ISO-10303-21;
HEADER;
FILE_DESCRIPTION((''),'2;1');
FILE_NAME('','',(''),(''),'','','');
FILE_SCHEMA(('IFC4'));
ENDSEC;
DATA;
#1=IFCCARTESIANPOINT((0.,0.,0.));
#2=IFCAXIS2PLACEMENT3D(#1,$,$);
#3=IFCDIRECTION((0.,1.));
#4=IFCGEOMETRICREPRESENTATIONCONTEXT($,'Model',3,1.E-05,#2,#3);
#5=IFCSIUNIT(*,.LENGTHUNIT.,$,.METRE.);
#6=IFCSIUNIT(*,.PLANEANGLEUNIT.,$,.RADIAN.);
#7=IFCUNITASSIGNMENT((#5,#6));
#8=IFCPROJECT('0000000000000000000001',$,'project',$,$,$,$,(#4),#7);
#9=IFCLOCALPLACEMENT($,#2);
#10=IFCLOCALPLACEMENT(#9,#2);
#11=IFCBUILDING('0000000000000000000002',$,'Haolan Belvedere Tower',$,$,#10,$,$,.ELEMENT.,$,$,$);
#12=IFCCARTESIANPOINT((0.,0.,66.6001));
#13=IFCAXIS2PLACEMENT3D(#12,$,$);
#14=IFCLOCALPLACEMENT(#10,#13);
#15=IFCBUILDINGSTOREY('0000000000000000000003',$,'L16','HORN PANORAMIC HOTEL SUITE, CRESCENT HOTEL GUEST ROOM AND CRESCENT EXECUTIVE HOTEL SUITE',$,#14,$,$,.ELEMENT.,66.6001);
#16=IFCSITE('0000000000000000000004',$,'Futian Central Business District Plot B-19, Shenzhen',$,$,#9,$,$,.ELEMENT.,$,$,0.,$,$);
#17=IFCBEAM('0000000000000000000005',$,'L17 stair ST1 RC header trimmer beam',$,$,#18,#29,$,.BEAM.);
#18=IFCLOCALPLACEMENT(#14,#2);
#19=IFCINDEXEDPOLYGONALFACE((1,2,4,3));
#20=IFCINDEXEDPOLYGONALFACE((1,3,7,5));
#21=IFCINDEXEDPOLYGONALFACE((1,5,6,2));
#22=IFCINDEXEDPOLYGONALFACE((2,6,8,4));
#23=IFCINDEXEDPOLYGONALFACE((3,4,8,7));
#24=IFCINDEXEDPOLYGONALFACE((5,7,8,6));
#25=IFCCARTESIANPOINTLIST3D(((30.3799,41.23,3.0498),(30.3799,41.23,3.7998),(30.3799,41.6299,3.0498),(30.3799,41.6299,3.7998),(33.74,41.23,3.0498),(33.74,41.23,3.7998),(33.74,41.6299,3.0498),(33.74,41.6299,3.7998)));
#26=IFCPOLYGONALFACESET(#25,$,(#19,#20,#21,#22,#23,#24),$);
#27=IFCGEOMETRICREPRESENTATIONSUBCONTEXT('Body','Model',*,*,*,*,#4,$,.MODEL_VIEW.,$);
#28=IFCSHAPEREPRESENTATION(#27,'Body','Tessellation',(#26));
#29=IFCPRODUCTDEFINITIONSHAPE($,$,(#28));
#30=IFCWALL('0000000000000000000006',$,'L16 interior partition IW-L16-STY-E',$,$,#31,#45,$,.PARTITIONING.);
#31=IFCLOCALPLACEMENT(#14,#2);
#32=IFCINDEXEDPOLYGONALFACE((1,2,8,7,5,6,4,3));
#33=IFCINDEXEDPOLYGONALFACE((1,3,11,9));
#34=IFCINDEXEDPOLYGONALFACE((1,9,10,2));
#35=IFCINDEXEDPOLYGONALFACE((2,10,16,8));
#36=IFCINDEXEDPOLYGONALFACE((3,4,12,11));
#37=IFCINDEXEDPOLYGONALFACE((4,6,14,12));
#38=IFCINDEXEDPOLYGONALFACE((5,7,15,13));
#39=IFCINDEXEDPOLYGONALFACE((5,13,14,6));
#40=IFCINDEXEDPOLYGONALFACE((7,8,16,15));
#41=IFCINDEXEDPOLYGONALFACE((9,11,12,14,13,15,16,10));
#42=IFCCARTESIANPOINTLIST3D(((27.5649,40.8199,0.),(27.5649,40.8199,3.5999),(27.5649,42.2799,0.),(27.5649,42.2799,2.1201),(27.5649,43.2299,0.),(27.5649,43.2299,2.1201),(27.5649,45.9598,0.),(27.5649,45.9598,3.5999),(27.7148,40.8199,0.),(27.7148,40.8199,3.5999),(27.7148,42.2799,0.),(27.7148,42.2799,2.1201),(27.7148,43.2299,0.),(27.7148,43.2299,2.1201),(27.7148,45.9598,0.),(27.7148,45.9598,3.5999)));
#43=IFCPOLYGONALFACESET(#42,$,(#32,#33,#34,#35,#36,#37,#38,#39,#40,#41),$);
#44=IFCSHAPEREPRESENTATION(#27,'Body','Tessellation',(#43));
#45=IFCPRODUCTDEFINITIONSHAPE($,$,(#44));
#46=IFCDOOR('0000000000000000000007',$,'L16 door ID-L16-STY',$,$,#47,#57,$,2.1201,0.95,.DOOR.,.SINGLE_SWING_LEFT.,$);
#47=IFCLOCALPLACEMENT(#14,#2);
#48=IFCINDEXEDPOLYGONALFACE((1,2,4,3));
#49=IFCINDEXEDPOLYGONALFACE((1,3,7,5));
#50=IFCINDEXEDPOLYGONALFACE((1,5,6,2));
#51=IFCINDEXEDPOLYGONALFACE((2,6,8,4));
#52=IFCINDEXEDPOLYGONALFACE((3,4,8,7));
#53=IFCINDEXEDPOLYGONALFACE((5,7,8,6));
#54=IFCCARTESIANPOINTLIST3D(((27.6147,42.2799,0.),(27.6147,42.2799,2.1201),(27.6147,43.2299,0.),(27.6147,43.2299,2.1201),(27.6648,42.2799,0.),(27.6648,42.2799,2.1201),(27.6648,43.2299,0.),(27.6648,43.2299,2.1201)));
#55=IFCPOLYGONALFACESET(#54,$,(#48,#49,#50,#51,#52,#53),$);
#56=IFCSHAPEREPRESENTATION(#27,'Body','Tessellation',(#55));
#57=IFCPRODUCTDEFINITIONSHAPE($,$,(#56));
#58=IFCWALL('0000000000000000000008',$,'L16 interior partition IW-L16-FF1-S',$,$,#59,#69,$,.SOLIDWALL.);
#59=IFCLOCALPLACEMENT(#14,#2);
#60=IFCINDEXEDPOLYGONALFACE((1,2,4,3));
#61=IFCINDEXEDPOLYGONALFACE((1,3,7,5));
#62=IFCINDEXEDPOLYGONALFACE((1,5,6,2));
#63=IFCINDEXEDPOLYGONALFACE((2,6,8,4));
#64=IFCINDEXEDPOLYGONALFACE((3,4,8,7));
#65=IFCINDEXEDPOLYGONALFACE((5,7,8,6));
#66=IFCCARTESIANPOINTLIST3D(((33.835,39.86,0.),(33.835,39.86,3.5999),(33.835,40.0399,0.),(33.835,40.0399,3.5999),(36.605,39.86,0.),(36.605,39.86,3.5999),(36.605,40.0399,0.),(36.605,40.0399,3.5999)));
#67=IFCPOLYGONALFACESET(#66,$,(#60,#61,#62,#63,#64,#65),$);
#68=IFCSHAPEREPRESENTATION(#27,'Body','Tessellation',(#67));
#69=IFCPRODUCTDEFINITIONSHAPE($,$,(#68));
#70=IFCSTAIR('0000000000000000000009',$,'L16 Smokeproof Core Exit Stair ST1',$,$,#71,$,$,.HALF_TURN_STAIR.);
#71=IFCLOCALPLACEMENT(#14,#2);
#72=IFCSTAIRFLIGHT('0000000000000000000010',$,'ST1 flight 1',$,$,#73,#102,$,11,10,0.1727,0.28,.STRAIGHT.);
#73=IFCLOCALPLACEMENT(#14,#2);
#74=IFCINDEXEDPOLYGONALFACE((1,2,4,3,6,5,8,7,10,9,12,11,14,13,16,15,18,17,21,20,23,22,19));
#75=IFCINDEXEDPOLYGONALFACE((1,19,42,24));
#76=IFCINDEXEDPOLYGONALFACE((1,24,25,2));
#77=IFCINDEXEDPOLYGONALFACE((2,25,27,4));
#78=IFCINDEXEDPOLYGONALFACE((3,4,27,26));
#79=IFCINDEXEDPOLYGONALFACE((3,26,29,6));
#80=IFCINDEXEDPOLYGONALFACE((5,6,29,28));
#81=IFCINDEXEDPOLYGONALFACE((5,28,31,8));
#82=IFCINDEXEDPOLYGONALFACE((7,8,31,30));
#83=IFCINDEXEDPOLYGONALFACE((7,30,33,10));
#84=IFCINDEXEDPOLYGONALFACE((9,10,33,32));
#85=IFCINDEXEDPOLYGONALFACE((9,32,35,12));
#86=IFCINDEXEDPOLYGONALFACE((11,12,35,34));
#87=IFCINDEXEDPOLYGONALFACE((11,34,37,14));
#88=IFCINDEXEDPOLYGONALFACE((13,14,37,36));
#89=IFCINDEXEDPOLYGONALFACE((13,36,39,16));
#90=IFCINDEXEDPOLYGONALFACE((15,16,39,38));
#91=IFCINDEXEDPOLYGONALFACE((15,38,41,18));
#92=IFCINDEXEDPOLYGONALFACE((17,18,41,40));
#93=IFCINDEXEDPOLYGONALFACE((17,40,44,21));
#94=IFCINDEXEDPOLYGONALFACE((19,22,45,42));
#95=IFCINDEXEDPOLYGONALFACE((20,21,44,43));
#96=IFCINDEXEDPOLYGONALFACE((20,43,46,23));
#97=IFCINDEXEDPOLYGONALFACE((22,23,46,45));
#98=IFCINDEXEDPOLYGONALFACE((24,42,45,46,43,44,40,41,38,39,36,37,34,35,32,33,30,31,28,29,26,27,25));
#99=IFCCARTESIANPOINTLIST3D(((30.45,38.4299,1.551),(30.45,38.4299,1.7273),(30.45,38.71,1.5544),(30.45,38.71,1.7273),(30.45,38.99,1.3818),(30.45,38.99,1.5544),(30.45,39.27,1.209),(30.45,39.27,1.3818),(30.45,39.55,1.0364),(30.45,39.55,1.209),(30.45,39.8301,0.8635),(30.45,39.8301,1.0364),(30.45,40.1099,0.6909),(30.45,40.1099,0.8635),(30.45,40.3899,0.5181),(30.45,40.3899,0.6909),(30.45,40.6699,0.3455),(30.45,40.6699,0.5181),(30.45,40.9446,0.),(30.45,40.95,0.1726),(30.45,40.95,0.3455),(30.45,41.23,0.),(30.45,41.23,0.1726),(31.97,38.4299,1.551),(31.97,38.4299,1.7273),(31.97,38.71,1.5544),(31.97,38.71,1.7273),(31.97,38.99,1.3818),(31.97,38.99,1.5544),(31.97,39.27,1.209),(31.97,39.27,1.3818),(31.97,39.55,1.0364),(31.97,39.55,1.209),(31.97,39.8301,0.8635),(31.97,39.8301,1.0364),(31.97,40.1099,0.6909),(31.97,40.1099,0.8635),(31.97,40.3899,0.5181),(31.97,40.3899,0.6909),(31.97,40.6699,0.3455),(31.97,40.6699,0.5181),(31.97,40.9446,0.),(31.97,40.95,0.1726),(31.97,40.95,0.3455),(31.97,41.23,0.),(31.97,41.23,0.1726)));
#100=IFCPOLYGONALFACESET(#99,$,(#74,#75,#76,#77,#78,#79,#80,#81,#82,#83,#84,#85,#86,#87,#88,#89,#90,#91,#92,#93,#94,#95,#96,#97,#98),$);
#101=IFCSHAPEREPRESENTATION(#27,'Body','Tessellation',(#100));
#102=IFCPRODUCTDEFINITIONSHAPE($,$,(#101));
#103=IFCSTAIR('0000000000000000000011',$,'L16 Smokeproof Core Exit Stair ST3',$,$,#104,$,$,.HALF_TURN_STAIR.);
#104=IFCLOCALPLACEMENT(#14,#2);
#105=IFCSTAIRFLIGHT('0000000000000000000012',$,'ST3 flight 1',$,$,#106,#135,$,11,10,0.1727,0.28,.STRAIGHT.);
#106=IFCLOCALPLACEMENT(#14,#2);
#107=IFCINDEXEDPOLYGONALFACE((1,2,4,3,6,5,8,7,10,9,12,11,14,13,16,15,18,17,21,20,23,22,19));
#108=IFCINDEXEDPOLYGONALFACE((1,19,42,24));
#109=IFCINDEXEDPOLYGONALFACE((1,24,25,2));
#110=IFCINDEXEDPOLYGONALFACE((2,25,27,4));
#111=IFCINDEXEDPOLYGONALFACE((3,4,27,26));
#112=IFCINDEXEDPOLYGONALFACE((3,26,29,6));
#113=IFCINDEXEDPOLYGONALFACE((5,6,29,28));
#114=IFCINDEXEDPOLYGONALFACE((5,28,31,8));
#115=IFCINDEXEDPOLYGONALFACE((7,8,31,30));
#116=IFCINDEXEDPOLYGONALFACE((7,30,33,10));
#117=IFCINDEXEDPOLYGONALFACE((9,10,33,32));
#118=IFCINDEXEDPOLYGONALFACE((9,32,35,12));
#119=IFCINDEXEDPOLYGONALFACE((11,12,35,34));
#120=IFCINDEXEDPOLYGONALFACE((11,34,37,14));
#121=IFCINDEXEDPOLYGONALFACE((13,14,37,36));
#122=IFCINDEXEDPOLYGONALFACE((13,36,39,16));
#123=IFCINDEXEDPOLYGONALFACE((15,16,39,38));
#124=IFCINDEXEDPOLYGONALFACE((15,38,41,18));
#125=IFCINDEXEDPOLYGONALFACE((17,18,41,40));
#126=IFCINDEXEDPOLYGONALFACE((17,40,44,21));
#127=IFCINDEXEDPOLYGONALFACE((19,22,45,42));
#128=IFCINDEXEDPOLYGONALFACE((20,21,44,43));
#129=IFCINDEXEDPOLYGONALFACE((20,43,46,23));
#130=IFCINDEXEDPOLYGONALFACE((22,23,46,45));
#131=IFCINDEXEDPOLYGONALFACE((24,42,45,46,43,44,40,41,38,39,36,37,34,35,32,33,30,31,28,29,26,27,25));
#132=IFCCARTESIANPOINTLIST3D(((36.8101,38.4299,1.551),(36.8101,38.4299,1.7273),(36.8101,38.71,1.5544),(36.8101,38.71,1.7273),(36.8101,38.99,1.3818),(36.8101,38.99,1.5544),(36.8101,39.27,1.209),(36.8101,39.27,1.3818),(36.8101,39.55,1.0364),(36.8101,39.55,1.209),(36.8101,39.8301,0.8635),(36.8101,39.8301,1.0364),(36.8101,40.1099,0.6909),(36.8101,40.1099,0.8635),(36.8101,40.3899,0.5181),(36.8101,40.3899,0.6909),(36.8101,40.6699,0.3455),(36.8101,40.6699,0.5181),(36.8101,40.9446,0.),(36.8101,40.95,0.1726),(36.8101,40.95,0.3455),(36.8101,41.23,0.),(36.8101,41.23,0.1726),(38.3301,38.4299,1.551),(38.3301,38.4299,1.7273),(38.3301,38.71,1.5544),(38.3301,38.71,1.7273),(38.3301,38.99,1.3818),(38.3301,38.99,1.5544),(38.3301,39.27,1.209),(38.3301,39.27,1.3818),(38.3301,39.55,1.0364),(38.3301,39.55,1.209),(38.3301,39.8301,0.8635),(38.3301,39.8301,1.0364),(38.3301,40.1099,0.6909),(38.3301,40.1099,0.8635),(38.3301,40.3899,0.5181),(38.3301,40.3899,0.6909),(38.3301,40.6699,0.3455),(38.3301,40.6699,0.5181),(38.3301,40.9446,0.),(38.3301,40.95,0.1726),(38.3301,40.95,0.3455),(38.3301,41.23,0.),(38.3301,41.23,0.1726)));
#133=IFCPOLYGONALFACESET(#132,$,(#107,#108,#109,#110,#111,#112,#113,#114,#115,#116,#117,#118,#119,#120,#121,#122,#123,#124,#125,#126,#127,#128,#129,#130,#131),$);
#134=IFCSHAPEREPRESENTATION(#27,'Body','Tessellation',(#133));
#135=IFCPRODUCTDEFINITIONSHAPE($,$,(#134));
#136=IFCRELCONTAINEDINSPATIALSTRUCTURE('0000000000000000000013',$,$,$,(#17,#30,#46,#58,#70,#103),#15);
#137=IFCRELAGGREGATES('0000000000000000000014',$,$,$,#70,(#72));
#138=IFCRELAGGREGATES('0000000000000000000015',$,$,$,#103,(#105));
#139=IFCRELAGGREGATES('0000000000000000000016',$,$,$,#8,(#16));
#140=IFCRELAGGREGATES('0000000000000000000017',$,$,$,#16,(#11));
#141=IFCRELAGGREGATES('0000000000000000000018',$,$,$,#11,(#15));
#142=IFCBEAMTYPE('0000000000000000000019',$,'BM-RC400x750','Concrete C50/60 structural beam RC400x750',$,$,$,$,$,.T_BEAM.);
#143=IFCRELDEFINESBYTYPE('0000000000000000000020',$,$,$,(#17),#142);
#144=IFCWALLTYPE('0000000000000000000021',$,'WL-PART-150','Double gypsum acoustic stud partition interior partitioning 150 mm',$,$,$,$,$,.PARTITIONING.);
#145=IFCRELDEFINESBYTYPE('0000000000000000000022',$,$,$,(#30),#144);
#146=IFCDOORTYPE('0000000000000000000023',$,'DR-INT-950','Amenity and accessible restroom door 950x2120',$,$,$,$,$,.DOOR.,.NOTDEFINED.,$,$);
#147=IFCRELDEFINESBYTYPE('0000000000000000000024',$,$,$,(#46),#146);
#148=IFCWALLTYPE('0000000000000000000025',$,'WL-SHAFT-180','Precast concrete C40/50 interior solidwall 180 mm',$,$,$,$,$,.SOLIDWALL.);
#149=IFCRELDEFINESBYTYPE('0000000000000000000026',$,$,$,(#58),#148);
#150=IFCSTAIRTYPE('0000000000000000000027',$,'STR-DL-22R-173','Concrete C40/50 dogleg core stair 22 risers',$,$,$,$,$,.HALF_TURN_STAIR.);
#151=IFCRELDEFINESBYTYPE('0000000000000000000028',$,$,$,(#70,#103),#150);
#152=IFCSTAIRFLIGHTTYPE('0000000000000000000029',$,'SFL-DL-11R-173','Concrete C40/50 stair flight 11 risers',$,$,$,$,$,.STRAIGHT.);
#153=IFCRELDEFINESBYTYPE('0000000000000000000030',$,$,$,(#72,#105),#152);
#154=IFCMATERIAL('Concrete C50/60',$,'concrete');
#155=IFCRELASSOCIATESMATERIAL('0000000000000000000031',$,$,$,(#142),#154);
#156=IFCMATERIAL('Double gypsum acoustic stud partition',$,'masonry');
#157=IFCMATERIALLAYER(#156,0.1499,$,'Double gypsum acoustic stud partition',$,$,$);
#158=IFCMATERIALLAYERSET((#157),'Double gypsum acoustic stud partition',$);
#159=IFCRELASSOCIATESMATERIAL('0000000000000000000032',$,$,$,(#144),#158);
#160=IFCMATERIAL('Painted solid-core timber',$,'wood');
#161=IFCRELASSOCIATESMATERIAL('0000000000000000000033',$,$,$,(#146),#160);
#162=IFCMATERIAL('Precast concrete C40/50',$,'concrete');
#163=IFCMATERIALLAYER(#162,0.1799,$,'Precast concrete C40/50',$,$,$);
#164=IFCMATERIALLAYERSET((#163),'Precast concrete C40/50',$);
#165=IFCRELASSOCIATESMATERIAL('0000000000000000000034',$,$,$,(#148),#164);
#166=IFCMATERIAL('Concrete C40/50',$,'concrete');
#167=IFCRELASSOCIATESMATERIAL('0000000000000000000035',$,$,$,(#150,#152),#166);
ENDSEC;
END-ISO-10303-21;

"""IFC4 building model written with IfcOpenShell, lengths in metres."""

from ifc_helpers import new_model, si_unit, direction, frame, frame_2d, origin, origin_2d, place, context, subcontext, project, spatial, polyline, rectangle, outline, extrude, material, layer, layer_set, material_profile, profile_set, type_object, element, fill, aggregate, save


model = new_model("IFC4")

# Units and contexts
model_context = context("Model", 3, precision=1e-05, world=origin(), true_north=direction((0.0, 1.0)))
body_context = subcontext(model_context, "Body", "Model", "MODEL_VIEW")
ifc_project = project(units=[si_unit("LENGTHUNIT", "METRE"), si_unit("PLANEANGLEUNIT", "RADIAN")], contexts=[model_context])

# Site, building, storey
site_placement = place(None, origin())
site = spatial("IfcSite", under=ifc_project, at=site_placement, Name="Futian Central Business District Plot B-19, Shenzhen", CompositionType="ELEMENT", RefElevation=0.0)
building_placement = place(site_placement, origin())
building = spatial("IfcBuilding", under=site, at=building_placement, Name="Haolan Belvedere Tower", CompositionType="ELEMENT")
storey_placement = place(building_placement, frame((0.0, 0.0, 66.6001)))
storey = spatial("IfcBuildingStorey", under=building, at=storey_placement, Name="L16", Description="HORN PANORAMIC HOTEL SUITE, CRESCENT HOTEL GUEST ROOM AND CRESCENT EXECUTIVE HOTEL SUITE", CompositionType="ELEMENT", Elevation=66.6001)

# Beam
ifc_material_1 = material(Name="Concrete C50/60", Category="concrete")
ifc_material_profile = material_profile(ifc_material_1, rectangle(XDim=0.3999, YDim=0.75, at=origin_2d()), Name="Concrete C50/60")
ifc_profile_set = profile_set([ifc_material_profile], Name="Concrete C50/60")
beam_type = type_object("IfcBeamType", Name="BM-RC400x750", Description="Concrete C50/60 structural beam RC400x750", PredefinedType="T_BEAM", material=ifc_profile_set)
beam_placement = place(storey_placement, frame((30.3799, 41.4299, 3.4248), z_axis=(1.0, 0.0, 0.0), x_axis=(0.0, 1.0, 0.0)))
element("IfcBeam", 1, at=beam_placement, inside=storey, type_object=beam_type, Name="L17 stair ST1 RC header trimmer beam", PredefinedType="BEAM", context=body_context, shape_type="SweptSolid", body=[
    extrude(rectangle(XDim=0.3999, YDim=0.75, at=origin_2d()), origin(), (0.0, 0.0, 1.0), 3.3601),
])

# Wall, opening, door
ifc_material_2 = material(Name="Double gypsum acoustic stud partition", Category="masonry")
ifc_layer_1 = layer(ifc_material_2, 0.1499, Name="Double gypsum acoustic stud partition")
ifc_layer_set_1 = layer_set([ifc_layer_1], Name="Double gypsum acoustic stud partition")
wall_type_1 = type_object("IfcWallType", Name="WL-PART-150", Description="Double gypsum acoustic stud partition interior partitioning 150 mm", PredefinedType="PARTITIONING", material=ifc_layer_set_1)
wall_1_placement = place(storey_placement, frame((27.6399, 40.8201, 0.0), z_axis=(0.0, 0.0, 1.0), x_axis=(0.0, 1.0, 0.0)))
wall_1 = element("IfcWall", 2, at=wall_1_placement, inside=storey, type_object=wall_type_1, Name="L16 interior partition IW-L16-STY-E", PredefinedType="PARTITIONING", context=body_context, shape_type="SweptSolid", body=[
    extrude(rectangle(XDim=5.1399, YDim=0.1499, at=frame_2d((2.5698, 0.0))), origin(), (0.0, 0.0, 1.0), 3.5999),
])
opening_placement = place(wall_1_placement, frame((2.4099, 0.0, 0.0), z_axis=(0.0, 0.0, 1.0), x_axis=(-1.0, 0.0, 0.0)))
opening = element("IfcOpeningElement", 3, at=opening_placement, cuts=wall_1, PredefinedType="OPENING", context=body_context, shape_type="SweptSolid", body=[
    extrude(rectangle(XDim=0.95, YDim=2.1201, at=frame_2d((0.4751, 1.0601))), frame((0.0, 0.085, 0.0), z_axis=(0.0, -1.0, 0.0), x_axis=(1.0, 0.0, 0.0)), (0.0, 0.0, 1.0), 0.1699),
])
ifc_material_3 = material(Name="Painted solid-core timber", Category="wood")
door_type = type_object("IfcDoorType", Name="DR-INT-950", Description="Amenity and accessible restroom door 950x2120", OperationType="NOTDEFINED", PredefinedType="DOOR", material=ifc_material_3)
door_placement = place(opening_placement, origin())
door = element("IfcDoor", 4, at=door_placement, inside=storey, type_object=door_type, Name="L16 door ID-L16-STY", OperationType="SINGLE_SWING_LEFT", OverallHeight=2.1201, OverallWidth=0.95, PredefinedType="DOOR", context=body_context, shape_type="SweptSolid", body=[
    extrude(rectangle(XDim=0.95, YDim=2.1201, at=frame_2d((0.4751, 1.0601))), frame((0.0, 0.0249, 0.0), z_axis=(0.0, -1.0, 0.0), x_axis=(1.0, 0.0, 0.0)), (0.0, 0.0, 1.0), 0.05),
])
fill(opening, door)

# Wall
ifc_material_4 = material(Name="Precast concrete C40/50", Category="concrete")
ifc_layer_2 = layer(ifc_material_4, 0.1799, Name="Precast concrete C40/50")
ifc_layer_set_2 = layer_set([ifc_layer_2], Name="Precast concrete C40/50")
wall_type_2 = type_object("IfcWallType", Name="WL-SHAFT-180", Description="Precast concrete C40/50 interior solidwall 180 mm", PredefinedType="SOLIDWALL", material=ifc_layer_set_2)
wall_2_placement = place(storey_placement, frame((33.835, 39.95, 0.0), z_axis=(0.0, 0.0, 1.0), x_axis=(1.0, 0.0, 0.0)))
element("IfcWall", 5, at=wall_2_placement, inside=storey, type_object=wall_type_2, Name="L16 interior partition IW-L16-FF1-S", PredefinedType="SOLIDWALL", context=body_context, shape_type="SweptSolid", body=[
    extrude(rectangle(XDim=2.77, YDim=0.1799, at=frame_2d((1.385, 0.0))), origin(), (0.0, 0.0, 1.0), 3.5999),
])

# Stairs, stair flights
ifc_material_5 = material(Name="Concrete C40/50", Category="concrete")
stair_type = type_object("IfcStairType", Name="STR-DL-22R-173", Description="Concrete C40/50 dogleg core stair 22 risers", PredefinedType="HALF_TURN_STAIR", material=ifc_material_5)
stair_1_placement = place(storey_placement, origin())
stair_1 = element("IfcStair", 6, at=stair_1_placement, inside=storey, type_object=stair_type, Name="L16 Smokeproof Core Exit Stair ST1", PredefinedType="HALF_TURN_STAIR")
stair_flight_type = type_object("IfcStairFlightType", Name="SFL-DL-11R-173", Description="Concrete C40/50 stair flight 11 risers", PredefinedType="STRAIGHT", material=ifc_material_5)
stair_flight_1_placement = place(storey_placement, frame((31.21, 41.23, 0.0), z_axis=(0.0, 0.0, 1.0), x_axis=(0.0, -1.0, 0.0)))
stair_flight_1 = element("IfcStairFlight", 7, at=stair_flight_1_placement, type_object=stair_flight_type, Name="ST1 flight 1", NumberOfRisers=11, NumberOfTreads=10, PredefinedType="STRAIGHT", RiserHeight=0.1727, TreadLength=0.28, context=body_context, shape_type="SweptSolid", body=[
    extrude(outline(polyline([(0.0, 0.0), (0.0, 0.1726), (0.28, 0.1726), (0.28, 0.3455), (0.5601, 0.3455), (0.5601, 0.5181), (0.8401, 0.5181), (0.8401, 0.6909), (1.1201, 0.6909), (1.1201, 0.8635), (1.3999, 0.8635), (1.3999, 1.0364), (1.6799, 1.0364), (1.6799, 1.209), (1.96, 1.209), (1.96, 1.3818), (2.24, 1.3818), (2.24, 1.5544), (2.52, 1.5544), (2.52, 1.7273), (2.8, 1.7273), (2.8, 1.8999), (2.8, 1.551), (0.2854, 0.0), (0.0, 0.0)])), frame((0.0, 0.76, 0.0), z_axis=(0.0, -1.0, 0.0), x_axis=(1.0, 0.0, 0.0)), (0.0, 0.0, 1.0), 1.52),
])
aggregate(stair_1, [stair_flight_1])
stair_2_placement = place(storey_placement, origin())
stair_2 = element("IfcStair", 8, at=stair_2_placement, inside=storey, type_object=stair_type, Name="L16 Smokeproof Core Exit Stair ST3", PredefinedType="HALF_TURN_STAIR")
stair_flight_2_placement = place(storey_placement, frame((37.5701, 41.23, 0.0), z_axis=(0.0, 0.0, 1.0), x_axis=(0.0, -1.0, 0.0)))
stair_flight_2 = element("IfcStairFlight", 9, at=stair_flight_2_placement, type_object=stair_flight_type, Name="ST3 flight 1", NumberOfRisers=11, NumberOfTreads=10, PredefinedType="STRAIGHT", RiserHeight=0.1727, TreadLength=0.28, context=body_context, shape_type="SweptSolid", body=[
    extrude(outline(polyline([(0.0, 0.0), (0.0, 0.1726), (0.28, 0.1726), (0.28, 0.3455), (0.5601, 0.3455), (0.5601, 0.5181), (0.8401, 0.5181), (0.8401, 0.6909), (1.1201, 0.6909), (1.1201, 0.8635), (1.3999, 0.8635), (1.3999, 1.0364), (1.6799, 1.0364), (1.6799, 1.209), (1.96, 1.209), (1.96, 1.3818), (2.24, 1.3818), (2.24, 1.5544), (2.52, 1.5544), (2.52, 1.7273), (2.8, 1.7273), (2.8, 1.8999), (2.8, 1.551), (0.2854, 0.0), (0.0, 0.0)])), frame((0.0, 0.76, 0.0), z_axis=(0.0, -1.0, 0.0), x_axis=(1.0, 0.0, 0.0)), (0.0, 0.0, 1.0), 1.52),
])
aggregate(stair_2, [stair_flight_2])

save(model, "model.ifc")
